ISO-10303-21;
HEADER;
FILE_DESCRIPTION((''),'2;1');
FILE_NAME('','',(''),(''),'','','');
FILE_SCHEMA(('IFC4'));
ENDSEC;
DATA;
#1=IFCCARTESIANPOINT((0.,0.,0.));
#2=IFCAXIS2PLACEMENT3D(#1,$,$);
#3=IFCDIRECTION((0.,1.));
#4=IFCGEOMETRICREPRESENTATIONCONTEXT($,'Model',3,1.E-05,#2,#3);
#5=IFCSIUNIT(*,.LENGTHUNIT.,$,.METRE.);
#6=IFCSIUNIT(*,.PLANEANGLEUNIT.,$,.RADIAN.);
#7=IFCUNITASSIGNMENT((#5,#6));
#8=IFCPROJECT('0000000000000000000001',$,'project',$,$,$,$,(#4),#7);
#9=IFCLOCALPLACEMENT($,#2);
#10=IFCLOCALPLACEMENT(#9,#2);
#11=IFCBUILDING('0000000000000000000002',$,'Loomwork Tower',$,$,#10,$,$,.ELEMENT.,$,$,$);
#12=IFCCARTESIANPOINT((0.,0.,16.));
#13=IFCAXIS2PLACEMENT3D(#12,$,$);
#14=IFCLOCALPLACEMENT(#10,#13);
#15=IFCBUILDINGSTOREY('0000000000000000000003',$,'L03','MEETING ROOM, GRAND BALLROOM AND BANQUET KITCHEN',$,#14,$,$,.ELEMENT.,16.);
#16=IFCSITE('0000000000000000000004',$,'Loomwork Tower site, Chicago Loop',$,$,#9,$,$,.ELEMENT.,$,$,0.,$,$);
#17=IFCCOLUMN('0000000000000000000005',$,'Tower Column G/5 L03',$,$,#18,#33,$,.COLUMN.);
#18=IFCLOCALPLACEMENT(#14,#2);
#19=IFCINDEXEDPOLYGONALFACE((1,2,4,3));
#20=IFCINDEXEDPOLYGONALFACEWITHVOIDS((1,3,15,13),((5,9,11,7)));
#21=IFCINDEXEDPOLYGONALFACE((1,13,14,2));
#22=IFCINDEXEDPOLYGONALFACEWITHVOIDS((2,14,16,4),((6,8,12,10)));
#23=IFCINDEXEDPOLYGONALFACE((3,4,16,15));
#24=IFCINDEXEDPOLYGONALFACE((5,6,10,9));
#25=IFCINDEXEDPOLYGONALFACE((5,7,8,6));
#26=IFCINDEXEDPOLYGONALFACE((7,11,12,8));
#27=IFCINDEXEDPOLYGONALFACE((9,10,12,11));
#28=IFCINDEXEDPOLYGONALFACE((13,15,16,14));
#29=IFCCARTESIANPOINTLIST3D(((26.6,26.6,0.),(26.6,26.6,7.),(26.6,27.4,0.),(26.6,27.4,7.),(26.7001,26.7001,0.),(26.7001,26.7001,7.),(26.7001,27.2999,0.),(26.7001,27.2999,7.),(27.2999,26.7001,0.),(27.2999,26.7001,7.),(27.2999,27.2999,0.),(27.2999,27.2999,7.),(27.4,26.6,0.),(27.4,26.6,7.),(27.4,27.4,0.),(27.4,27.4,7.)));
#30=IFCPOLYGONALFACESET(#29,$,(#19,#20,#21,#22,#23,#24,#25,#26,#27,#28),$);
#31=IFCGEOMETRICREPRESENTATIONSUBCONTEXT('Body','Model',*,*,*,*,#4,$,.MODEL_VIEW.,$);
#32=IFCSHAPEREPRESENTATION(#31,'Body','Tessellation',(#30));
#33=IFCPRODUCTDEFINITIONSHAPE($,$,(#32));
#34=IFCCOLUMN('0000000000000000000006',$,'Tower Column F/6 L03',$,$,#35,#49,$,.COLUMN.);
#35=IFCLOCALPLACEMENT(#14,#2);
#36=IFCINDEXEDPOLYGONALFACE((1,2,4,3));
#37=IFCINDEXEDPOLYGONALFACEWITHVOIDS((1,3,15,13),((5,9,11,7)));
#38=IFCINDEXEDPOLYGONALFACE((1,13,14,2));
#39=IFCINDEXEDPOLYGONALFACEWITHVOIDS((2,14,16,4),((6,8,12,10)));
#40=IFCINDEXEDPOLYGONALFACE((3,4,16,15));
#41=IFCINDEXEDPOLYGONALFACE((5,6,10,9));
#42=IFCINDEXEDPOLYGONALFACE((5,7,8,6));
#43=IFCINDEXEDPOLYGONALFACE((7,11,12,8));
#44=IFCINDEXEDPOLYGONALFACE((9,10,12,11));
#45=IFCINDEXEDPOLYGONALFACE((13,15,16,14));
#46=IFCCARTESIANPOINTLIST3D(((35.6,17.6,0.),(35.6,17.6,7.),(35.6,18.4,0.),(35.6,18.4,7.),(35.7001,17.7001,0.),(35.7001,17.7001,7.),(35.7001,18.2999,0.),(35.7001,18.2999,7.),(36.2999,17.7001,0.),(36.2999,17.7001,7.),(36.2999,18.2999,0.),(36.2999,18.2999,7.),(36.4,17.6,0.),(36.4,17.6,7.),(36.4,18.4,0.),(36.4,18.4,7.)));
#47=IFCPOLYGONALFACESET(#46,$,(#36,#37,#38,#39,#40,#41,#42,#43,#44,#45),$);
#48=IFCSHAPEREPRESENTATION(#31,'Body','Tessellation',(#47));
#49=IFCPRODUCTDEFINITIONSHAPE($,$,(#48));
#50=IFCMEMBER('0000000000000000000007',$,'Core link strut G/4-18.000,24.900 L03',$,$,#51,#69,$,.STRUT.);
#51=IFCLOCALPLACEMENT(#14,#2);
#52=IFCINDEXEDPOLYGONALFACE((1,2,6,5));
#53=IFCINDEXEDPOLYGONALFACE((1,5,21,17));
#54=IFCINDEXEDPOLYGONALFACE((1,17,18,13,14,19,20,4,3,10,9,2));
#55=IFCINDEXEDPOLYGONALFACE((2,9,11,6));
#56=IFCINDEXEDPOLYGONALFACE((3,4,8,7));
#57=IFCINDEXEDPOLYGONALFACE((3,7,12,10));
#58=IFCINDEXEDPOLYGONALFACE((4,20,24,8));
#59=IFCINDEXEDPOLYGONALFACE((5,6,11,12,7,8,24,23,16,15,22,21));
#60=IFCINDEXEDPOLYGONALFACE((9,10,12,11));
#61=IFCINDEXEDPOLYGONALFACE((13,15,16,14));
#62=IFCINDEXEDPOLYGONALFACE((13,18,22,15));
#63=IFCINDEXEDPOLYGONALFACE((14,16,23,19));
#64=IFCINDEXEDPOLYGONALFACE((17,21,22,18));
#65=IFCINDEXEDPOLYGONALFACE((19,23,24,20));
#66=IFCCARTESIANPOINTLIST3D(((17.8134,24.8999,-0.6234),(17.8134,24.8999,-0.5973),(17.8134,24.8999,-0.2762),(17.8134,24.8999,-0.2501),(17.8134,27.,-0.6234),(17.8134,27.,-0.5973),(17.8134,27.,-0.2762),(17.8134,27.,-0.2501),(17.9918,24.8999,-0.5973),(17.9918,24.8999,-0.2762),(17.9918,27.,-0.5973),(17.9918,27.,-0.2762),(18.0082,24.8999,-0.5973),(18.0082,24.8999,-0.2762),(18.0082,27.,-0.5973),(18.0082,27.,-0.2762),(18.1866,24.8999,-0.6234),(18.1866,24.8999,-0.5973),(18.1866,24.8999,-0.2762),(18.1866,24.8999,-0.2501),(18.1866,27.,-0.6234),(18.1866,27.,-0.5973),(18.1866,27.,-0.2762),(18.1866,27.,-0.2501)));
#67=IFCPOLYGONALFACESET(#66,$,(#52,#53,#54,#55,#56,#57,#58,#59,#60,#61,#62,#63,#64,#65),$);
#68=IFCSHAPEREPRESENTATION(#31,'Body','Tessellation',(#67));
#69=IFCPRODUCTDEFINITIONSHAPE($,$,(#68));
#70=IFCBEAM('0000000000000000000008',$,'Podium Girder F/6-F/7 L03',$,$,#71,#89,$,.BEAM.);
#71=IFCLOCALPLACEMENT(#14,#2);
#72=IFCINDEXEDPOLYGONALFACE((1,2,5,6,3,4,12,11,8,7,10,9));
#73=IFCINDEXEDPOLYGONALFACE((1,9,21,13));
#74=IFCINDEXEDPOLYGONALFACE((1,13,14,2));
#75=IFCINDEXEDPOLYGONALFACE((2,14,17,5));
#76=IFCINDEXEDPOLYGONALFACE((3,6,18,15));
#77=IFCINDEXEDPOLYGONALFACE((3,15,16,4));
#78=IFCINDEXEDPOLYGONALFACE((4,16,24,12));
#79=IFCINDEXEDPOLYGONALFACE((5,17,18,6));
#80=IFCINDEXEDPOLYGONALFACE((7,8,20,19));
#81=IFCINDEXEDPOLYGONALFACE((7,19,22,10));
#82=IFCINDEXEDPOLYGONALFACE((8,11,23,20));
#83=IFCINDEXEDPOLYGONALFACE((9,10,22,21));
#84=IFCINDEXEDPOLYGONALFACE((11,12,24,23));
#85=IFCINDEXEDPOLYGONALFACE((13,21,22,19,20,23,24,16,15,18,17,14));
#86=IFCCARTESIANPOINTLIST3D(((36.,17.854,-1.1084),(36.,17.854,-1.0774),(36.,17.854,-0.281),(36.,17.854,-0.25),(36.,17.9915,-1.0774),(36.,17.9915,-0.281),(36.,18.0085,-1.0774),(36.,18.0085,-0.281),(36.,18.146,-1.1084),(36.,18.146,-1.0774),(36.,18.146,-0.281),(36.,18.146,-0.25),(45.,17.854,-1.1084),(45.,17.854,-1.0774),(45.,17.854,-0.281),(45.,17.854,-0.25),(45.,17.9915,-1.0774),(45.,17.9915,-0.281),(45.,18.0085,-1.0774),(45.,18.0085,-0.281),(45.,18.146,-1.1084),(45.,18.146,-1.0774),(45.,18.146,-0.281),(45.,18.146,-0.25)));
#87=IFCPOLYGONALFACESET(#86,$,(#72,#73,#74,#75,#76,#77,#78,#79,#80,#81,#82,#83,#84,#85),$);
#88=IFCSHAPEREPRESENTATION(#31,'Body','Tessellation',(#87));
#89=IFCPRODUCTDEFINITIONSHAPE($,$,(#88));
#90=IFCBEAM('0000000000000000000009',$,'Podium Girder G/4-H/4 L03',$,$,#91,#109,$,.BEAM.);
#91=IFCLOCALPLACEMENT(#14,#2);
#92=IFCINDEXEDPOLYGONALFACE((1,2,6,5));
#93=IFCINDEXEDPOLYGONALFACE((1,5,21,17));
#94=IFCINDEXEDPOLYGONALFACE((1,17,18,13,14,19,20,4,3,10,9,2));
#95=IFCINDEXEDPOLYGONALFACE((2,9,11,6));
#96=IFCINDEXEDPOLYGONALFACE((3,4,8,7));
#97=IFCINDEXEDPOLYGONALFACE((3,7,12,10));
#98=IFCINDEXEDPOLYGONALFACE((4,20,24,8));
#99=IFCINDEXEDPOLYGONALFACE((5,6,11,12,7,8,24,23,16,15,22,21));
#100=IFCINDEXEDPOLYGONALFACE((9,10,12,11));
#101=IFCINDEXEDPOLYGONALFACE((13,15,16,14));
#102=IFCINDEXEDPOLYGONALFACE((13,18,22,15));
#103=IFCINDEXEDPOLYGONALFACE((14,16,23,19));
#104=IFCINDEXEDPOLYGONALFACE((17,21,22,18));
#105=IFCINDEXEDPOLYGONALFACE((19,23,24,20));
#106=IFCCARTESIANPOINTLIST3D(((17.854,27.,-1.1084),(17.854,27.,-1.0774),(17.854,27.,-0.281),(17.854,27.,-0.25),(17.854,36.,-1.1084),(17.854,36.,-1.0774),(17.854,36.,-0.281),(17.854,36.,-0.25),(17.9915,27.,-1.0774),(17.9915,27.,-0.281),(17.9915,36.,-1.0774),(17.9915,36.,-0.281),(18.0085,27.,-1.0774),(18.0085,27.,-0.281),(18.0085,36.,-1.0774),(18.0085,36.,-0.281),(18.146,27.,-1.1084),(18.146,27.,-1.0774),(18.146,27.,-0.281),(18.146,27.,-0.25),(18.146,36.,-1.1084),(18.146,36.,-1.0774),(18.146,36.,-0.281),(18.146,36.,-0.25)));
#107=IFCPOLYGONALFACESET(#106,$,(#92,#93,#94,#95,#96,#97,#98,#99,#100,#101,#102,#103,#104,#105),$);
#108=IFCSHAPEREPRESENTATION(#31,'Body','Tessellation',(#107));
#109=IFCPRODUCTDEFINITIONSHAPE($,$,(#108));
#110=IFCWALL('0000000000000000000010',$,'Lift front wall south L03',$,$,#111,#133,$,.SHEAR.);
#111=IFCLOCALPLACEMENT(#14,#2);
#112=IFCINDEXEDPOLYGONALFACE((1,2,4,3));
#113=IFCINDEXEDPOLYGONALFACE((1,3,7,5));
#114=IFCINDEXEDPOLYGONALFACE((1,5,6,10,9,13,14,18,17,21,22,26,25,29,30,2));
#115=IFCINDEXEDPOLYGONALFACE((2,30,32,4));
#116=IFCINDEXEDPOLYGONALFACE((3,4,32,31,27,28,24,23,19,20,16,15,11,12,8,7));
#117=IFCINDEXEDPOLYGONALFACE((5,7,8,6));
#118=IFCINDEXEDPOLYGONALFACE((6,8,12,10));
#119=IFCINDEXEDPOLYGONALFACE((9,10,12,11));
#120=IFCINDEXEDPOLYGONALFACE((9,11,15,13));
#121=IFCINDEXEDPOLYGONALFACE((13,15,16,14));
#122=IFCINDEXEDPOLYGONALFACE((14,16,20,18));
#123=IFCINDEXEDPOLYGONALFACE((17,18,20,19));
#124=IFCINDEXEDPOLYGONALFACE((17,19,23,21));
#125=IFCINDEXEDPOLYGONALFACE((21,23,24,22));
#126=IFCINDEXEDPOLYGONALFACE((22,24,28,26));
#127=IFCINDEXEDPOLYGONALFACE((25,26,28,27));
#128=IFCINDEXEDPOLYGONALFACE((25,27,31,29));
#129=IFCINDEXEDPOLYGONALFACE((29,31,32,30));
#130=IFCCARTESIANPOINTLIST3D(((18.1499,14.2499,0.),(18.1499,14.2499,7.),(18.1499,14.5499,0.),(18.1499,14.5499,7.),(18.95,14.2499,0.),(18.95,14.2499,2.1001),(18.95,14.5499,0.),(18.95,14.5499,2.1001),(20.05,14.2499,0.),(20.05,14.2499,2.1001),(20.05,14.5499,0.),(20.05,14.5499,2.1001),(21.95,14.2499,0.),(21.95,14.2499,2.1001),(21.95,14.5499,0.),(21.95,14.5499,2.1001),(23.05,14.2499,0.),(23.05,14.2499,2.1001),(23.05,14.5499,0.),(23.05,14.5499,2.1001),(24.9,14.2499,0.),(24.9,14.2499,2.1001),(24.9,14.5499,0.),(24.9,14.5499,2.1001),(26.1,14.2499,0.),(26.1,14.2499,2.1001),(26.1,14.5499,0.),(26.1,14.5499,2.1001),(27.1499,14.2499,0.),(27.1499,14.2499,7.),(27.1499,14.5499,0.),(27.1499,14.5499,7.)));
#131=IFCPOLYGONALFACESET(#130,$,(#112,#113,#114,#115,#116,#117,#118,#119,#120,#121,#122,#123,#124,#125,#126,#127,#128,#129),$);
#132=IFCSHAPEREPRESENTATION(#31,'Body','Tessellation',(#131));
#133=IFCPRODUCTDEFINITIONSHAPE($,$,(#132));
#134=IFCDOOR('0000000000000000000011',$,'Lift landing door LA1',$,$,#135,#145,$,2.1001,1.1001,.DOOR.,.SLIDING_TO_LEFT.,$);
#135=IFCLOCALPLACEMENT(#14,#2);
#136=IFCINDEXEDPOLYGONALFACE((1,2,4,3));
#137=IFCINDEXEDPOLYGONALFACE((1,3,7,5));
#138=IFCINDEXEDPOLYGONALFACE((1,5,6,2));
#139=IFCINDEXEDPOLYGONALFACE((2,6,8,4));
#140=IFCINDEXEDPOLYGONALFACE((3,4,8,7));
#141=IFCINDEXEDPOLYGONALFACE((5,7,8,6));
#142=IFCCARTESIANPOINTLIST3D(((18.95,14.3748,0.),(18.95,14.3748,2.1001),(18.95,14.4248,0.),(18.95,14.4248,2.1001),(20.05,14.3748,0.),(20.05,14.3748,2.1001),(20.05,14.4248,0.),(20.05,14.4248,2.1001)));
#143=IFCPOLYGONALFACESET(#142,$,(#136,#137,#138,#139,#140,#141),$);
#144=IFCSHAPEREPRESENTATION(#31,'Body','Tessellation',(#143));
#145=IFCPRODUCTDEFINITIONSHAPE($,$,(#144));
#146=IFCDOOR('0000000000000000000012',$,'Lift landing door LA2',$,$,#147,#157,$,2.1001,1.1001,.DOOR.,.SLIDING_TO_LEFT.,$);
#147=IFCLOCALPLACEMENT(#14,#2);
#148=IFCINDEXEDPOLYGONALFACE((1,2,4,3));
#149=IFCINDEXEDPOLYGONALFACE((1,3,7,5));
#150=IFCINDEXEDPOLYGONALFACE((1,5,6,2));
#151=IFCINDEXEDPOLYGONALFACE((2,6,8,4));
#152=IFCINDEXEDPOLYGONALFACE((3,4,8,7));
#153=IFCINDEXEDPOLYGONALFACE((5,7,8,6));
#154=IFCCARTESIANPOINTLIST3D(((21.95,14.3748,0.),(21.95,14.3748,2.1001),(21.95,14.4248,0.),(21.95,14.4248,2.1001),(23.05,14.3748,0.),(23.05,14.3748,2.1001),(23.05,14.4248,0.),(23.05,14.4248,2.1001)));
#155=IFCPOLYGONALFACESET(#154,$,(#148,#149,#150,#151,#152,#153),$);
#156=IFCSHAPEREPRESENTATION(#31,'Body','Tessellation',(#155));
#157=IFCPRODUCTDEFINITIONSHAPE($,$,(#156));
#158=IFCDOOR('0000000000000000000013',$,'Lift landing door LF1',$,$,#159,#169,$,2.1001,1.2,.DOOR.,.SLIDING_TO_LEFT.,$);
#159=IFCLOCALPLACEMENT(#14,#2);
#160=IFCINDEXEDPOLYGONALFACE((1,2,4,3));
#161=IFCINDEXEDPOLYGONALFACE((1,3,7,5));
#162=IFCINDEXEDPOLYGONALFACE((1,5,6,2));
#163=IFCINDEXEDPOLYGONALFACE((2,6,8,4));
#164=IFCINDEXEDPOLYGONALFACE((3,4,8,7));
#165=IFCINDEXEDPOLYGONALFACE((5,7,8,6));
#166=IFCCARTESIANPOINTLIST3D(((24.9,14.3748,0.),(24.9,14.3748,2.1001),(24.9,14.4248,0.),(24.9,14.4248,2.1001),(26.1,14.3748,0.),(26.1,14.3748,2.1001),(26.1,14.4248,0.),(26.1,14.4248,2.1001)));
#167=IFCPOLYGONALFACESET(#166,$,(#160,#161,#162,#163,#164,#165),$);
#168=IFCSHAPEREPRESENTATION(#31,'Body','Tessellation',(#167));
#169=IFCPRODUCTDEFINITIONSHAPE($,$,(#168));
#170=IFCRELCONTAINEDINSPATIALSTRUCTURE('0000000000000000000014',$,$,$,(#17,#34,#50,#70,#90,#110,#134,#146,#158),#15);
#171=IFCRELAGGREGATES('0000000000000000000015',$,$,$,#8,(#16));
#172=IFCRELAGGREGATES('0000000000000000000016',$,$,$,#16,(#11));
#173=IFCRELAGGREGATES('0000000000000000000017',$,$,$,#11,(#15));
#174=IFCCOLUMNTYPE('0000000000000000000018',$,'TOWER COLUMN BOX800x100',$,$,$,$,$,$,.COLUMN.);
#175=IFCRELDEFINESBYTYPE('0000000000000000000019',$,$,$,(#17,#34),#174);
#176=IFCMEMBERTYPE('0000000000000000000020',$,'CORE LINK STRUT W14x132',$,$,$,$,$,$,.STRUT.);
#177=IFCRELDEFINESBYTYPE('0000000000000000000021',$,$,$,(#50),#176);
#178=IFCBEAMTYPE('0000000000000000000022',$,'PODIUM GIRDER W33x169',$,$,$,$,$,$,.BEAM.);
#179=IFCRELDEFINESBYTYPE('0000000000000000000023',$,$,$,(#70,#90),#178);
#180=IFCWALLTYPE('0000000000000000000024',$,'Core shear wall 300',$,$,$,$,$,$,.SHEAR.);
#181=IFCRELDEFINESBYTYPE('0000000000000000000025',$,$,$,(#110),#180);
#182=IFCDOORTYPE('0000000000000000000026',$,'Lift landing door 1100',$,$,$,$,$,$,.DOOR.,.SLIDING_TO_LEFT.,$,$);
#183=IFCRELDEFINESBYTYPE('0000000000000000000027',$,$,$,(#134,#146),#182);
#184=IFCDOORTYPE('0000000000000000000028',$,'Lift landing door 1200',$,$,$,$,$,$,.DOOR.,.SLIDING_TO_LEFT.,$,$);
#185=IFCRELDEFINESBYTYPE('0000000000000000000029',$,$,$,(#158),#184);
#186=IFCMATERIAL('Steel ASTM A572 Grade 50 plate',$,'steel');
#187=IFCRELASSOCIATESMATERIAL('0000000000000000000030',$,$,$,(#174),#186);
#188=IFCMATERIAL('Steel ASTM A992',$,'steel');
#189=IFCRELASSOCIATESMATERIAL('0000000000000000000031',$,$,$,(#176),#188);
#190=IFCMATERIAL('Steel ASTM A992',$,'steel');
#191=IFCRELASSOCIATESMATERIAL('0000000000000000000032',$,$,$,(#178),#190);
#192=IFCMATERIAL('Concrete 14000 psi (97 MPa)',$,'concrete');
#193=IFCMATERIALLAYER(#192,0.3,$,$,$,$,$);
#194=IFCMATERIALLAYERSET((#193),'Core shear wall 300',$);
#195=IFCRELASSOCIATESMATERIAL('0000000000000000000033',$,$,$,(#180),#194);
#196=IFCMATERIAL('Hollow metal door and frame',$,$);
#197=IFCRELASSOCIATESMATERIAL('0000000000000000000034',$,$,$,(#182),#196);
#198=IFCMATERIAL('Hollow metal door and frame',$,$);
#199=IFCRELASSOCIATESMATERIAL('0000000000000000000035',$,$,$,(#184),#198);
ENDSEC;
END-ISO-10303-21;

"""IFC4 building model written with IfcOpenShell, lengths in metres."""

from ifc_helpers import new_model, si_unit, direction, frame, frame_2d, origin, origin_2d, place, context, subcontext, project, spatial, rectangle, hollow_rectangle, i_section, extrude, material, layer, layer_set, material_profile, profile_set, type_object, element, fill, save


model = new_model("IFC4")

# Units and contexts
model_context = context("Model", 3, precision=1e-05, world=origin(), true_north=direction((0.0, 1.0)))
body_context = subcontext(model_context, "Body", "Model", "MODEL_VIEW")
ifc_project = project(units=[si_unit("LENGTHUNIT", "METRE"), si_unit("PLANEANGLEUNIT", "RADIAN")], contexts=[model_context])

# Site, building, storey
site_placement = place(None, origin())
site = spatial("IfcSite", under=ifc_project, at=site_placement, Name="Loomwork Tower site, Chicago Loop", CompositionType="ELEMENT", RefElevation=0.0)
building_placement = place(site_placement, origin())
building = spatial("IfcBuilding", under=site, at=building_placement, Name="Loomwork Tower", CompositionType="ELEMENT")
storey_placement = place(building_placement, frame((0.0, 0.0, 16.0)))
storey = spatial("IfcBuildingStorey", under=building, at=storey_placement, Name="L03", Description="MEETING ROOM, GRAND BALLROOM AND BANQUET KITCHEN", CompositionType="ELEMENT", Elevation=16.0)

# Columns
ifc_material_1 = material(Name="Steel ASTM A572 Grade 50 plate", Category="steel")
ifc_material_profile_1 = material_profile(ifc_material_1, hollow_rectangle(XDim=0.8, YDim=0.8, WallThickness=0.1001, at=origin_2d()), Name="BOX800x100")
ifc_profile_set_1 = profile_set([ifc_material_profile_1], Name="Steel ASTM A572 Grade 50 plate")
column_type = type_object("IfcColumnType", Name="TOWER COLUMN BOX800x100", PredefinedType="COLUMN", material=ifc_profile_set_1)
for number, where, z_axis, x_axis, name in (
    (1, (27.0, 27.0, 0.0), (0.0, 0.0, 1.0), (1.0, 0.0, 0.0), "Tower Column G/5 L03"),
    (2, (36.0, 18.0, 0.0), (0.0, 0.0, 1.0), (0.0, 1.0, 0.0), "Tower Column F/6 L03"),
):
    element("IfcColumn", number, at=place(storey_placement, frame(where, z_axis=z_axis, x_axis=x_axis)), inside=storey, type_object=column_type, Name=name, PredefinedType="COLUMN", context=body_context, shape_type="SweptSolid", body=[
        extrude(hollow_rectangle(XDim=0.8, YDim=0.8, WallThickness=0.1001, at=origin_2d()), origin(), (0.0, 0.0, 1.0), 7.0),
    ])

# Member
ifc_material_2 = material(Name="Steel ASTM A992", Category="steel")
ifc_material_profile_2 = material_profile(ifc_material_2, i_section(OverallWidth=0.3733, OverallDepth=0.3733, WebThickness=0.0164, FlangeThickness=0.0261, at=origin_2d()), Name="W14x132")
ifc_profile_set_2 = profile_set([ifc_material_profile_2], Name="Steel ASTM A992")
member_type = type_object("IfcMemberType", Name="CORE LINK STRUT W14x132", PredefinedType="STRUT", material=ifc_profile_set_2)
member_placement = place(storey_placement, frame((18.0, 27.0, -0.4368), z_axis=(0.0, -1.0, 0.0), x_axis=(1.0, 0.0, 0.0)))
element("IfcMember", 3, at=member_placement, inside=storey, type_object=member_type, Name="Core link strut G/4-18.000,24.900 L03", PredefinedType="STRUT", context=body_context, shape_type="SweptSolid", body=[
    extrude(i_section(OverallWidth=0.3733, OverallDepth=0.3733, WebThickness=0.0164, FlangeThickness=0.0261, at=origin_2d()), origin(), (0.0, 0.0, 1.0), 2.1001),
])

# Beams
ifc_material_3 = material(Name="Steel ASTM A992", Category="steel")
ifc_material_profile_3 = material_profile(ifc_material_3, i_section(OverallWidth=0.292, OverallDepth=0.8584, WebThickness=0.0171, FlangeThickness=0.031, at=origin_2d()), Name="W33x169")
ifc_profile_set_3 = profile_set([ifc_material_profile_3], Name="Steel ASTM A992")
beam_type = type_object("IfcBeamType", Name="PODIUM GIRDER W33x169", PredefinedType="BEAM", material=ifc_profile_set_3)
for number, where, z_axis, x_axis, name in (
    (4, (36.0, 18.0, -0.6792), (1.0, 0.0, 0.0), (0.0, 1.0, 0.0), "Podium Girder F/6-F/7 L03"),
    (5, (18.0, 27.0, -0.6792), (0.0, 1.0, 0.0), (-1.0, 0.0, 0.0), "Podium Girder G/4-H/4 L03"),
):
    element("IfcBeam", number, at=place(storey_placement, frame(where, z_axis=z_axis, x_axis=x_axis)), inside=storey, type_object=beam_type, Name=name, PredefinedType="BEAM", context=body_context, shape_type="SweptSolid", body=[
        extrude(i_section(OverallWidth=0.292, OverallDepth=0.8584, WebThickness=0.0171, FlangeThickness=0.031, at=origin_2d()), origin(), (0.0, 0.0, 1.0), 9.0),
    ])

# Wall, openings, doors
ifc_material_4 = material(Name="Concrete 14000 psi (97 MPa)", Category="concrete")
ifc_layer_1 = layer(ifc_material_4, 0.3)
ifc_layer_set_1 = layer_set([ifc_layer_1], Name="Core shear wall 300")
wall_type_1 = type_object("IfcWallType", Name="Core shear wall 300", PredefinedType="SHEAR", material=ifc_layer_set_1)
wall_1_placement = place(storey_placement, frame((18.1499, 14.3999, 0.0), z_axis=(0.0, 0.0, 1.0), x_axis=(1.0, 0.0, 0.0)))
wall_1 = element("IfcWall", 6, at=wall_1_placement, inside=storey, type_object=wall_type_1, Name="Lift front wall south L03", PredefinedType="SHEAR", context=body_context, shape_type="SweptSolid", body=[
    extrude(rectangle(XDim=9.0, YDim=0.3, at=frame_2d((4.5, 0.0))), origin(), (0.0, 0.0, 1.0), 7.0),
])
opening_1_placement = place(wall_1_placement, frame((0.8, 0.0, 0.0)))
opening_1 = element("IfcOpeningElement", 7, at=opening_1_placement, cuts=wall_1, PredefinedType="OPENING", context=body_context, shape_type="SweptSolid", body=[
    extrude(rectangle(XDim=1.1001, YDim=2.1001, at=frame_2d((0.55, 1.05))), frame((0.0, 0.1599, 0.0), z_axis=(0.0, -1.0, 0.0), x_axis=(1.0, 0.0, 0.0)), (0.0, 0.0, 1.0), 0.3201),
])
opening_2_placement = place(wall_1_placement, frame((3.8, 0.0, 0.0)))
opening_2 = element("IfcOpeningElement", 8, at=opening_2_placement, cuts=wall_1, PredefinedType="OPENING", context=body_context, shape_type="SweptSolid", body=[
    extrude(rectangle(XDim=1.1001, YDim=2.1001, at=frame_2d((0.55, 1.05))), frame((0.0, 0.1599, 0.0), z_axis=(0.0, -1.0, 0.0), x_axis=(1.0, 0.0, 0.0)), (0.0, 0.0, 1.0), 0.3201),
])
opening_3_placement = place(wall_1_placement, frame((6.75, 0.0, 0.0)))
opening_3 = element("IfcOpeningElement", 9, at=opening_3_placement, cuts=wall_1, PredefinedType="OPENING", context=body_context, shape_type="SweptSolid", body=[
    extrude(rectangle(XDim=1.2, YDim=2.1001, at=frame_2d((0.6001, 1.05))), frame((0.0, 0.1599, 0.0), z_axis=(0.0, -1.0, 0.0), x_axis=(1.0, 0.0, 0.0)), (0.0, 0.0, 1.0), 0.3201),
])
ifc_material_5 = material(Name="Hollow metal door and frame")
door_type_1 = type_object("IfcDoorType", Name="Lift landing door 1100", OperationType="SLIDING_TO_LEFT", PredefinedType="DOOR", material=ifc_material_5)
door_1_placement = place(opening_1_placement, origin())
door_1 = element("IfcDoor", 10, at=door_1_placement, inside=storey, type_object=door_type_1, Name="Lift landing door LA1", OperationType="SLIDING_TO_LEFT", OverallHeight=2.1001, OverallWidth=1.1001, PredefinedType="DOOR", context=body_context, shape_type="SweptSolid", body=[
    extrude(rectangle(XDim=1.1001, YDim=2.1001, at=frame_2d((0.55, 1.05))), frame((0.0, 0.0249, 0.0), z_axis=(0.0, -1.0, 0.0), x_axis=(1.0, 0.0, 0.0)), (0.0, 0.0, 1.0), 0.05),
])
fill(opening_1, door_1)
door_2_placement = place(opening_2_placement, origin())
door_2 = element("IfcDoor", 11, at=door_2_placement, inside=storey, type_object=door_type_1, Name="Lift landing door LA2", OperationType="SLIDING_TO_LEFT", OverallHeight=2.1001, OverallWidth=1.1001, PredefinedType="DOOR", context=body_context, shape_type="SweptSolid", body=[
    extrude(rectangle(XDim=1.1001, YDim=2.1001, at=frame_2d((0.55, 1.05))), frame((0.0, 0.0249, 0.0), z_axis=(0.0, -1.0, 0.0), x_axis=(1.0, 0.0, 0.0)), (0.0, 0.0, 1.0), 0.05),
])
fill(opening_2, door_2)
ifc_material_6 = material(Name="Hollow metal door and frame")
door_type_2 = type_object("IfcDoorType", Name="Lift landing door 1200", OperationType="SLIDING_TO_LEFT", PredefinedType="DOOR", material=ifc_material_6)
door_3_placement = place(opening_3_placement, origin())
door_3 = element("IfcDoor", 12, at=door_3_placement, inside=storey, type_object=door_type_2, Name="Lift landing door LF1", OperationType="SLIDING_TO_LEFT", OverallHeight=2.1001, OverallWidth=1.2, PredefinedType="DOOR", context=body_context, shape_type="SweptSolid", body=[
    extrude(rectangle(XDim=1.2, YDim=2.1001, at=frame_2d((0.6001, 1.05))), frame((0.0, 0.0249, 0.0), z_axis=(0.0, -1.0, 0.0), x_axis=(1.0, 0.0, 0.0)), (0.0, 0.0, 1.0), 0.05),
])
fill(opening_3, door_3)

save(model, "model.ifc")
